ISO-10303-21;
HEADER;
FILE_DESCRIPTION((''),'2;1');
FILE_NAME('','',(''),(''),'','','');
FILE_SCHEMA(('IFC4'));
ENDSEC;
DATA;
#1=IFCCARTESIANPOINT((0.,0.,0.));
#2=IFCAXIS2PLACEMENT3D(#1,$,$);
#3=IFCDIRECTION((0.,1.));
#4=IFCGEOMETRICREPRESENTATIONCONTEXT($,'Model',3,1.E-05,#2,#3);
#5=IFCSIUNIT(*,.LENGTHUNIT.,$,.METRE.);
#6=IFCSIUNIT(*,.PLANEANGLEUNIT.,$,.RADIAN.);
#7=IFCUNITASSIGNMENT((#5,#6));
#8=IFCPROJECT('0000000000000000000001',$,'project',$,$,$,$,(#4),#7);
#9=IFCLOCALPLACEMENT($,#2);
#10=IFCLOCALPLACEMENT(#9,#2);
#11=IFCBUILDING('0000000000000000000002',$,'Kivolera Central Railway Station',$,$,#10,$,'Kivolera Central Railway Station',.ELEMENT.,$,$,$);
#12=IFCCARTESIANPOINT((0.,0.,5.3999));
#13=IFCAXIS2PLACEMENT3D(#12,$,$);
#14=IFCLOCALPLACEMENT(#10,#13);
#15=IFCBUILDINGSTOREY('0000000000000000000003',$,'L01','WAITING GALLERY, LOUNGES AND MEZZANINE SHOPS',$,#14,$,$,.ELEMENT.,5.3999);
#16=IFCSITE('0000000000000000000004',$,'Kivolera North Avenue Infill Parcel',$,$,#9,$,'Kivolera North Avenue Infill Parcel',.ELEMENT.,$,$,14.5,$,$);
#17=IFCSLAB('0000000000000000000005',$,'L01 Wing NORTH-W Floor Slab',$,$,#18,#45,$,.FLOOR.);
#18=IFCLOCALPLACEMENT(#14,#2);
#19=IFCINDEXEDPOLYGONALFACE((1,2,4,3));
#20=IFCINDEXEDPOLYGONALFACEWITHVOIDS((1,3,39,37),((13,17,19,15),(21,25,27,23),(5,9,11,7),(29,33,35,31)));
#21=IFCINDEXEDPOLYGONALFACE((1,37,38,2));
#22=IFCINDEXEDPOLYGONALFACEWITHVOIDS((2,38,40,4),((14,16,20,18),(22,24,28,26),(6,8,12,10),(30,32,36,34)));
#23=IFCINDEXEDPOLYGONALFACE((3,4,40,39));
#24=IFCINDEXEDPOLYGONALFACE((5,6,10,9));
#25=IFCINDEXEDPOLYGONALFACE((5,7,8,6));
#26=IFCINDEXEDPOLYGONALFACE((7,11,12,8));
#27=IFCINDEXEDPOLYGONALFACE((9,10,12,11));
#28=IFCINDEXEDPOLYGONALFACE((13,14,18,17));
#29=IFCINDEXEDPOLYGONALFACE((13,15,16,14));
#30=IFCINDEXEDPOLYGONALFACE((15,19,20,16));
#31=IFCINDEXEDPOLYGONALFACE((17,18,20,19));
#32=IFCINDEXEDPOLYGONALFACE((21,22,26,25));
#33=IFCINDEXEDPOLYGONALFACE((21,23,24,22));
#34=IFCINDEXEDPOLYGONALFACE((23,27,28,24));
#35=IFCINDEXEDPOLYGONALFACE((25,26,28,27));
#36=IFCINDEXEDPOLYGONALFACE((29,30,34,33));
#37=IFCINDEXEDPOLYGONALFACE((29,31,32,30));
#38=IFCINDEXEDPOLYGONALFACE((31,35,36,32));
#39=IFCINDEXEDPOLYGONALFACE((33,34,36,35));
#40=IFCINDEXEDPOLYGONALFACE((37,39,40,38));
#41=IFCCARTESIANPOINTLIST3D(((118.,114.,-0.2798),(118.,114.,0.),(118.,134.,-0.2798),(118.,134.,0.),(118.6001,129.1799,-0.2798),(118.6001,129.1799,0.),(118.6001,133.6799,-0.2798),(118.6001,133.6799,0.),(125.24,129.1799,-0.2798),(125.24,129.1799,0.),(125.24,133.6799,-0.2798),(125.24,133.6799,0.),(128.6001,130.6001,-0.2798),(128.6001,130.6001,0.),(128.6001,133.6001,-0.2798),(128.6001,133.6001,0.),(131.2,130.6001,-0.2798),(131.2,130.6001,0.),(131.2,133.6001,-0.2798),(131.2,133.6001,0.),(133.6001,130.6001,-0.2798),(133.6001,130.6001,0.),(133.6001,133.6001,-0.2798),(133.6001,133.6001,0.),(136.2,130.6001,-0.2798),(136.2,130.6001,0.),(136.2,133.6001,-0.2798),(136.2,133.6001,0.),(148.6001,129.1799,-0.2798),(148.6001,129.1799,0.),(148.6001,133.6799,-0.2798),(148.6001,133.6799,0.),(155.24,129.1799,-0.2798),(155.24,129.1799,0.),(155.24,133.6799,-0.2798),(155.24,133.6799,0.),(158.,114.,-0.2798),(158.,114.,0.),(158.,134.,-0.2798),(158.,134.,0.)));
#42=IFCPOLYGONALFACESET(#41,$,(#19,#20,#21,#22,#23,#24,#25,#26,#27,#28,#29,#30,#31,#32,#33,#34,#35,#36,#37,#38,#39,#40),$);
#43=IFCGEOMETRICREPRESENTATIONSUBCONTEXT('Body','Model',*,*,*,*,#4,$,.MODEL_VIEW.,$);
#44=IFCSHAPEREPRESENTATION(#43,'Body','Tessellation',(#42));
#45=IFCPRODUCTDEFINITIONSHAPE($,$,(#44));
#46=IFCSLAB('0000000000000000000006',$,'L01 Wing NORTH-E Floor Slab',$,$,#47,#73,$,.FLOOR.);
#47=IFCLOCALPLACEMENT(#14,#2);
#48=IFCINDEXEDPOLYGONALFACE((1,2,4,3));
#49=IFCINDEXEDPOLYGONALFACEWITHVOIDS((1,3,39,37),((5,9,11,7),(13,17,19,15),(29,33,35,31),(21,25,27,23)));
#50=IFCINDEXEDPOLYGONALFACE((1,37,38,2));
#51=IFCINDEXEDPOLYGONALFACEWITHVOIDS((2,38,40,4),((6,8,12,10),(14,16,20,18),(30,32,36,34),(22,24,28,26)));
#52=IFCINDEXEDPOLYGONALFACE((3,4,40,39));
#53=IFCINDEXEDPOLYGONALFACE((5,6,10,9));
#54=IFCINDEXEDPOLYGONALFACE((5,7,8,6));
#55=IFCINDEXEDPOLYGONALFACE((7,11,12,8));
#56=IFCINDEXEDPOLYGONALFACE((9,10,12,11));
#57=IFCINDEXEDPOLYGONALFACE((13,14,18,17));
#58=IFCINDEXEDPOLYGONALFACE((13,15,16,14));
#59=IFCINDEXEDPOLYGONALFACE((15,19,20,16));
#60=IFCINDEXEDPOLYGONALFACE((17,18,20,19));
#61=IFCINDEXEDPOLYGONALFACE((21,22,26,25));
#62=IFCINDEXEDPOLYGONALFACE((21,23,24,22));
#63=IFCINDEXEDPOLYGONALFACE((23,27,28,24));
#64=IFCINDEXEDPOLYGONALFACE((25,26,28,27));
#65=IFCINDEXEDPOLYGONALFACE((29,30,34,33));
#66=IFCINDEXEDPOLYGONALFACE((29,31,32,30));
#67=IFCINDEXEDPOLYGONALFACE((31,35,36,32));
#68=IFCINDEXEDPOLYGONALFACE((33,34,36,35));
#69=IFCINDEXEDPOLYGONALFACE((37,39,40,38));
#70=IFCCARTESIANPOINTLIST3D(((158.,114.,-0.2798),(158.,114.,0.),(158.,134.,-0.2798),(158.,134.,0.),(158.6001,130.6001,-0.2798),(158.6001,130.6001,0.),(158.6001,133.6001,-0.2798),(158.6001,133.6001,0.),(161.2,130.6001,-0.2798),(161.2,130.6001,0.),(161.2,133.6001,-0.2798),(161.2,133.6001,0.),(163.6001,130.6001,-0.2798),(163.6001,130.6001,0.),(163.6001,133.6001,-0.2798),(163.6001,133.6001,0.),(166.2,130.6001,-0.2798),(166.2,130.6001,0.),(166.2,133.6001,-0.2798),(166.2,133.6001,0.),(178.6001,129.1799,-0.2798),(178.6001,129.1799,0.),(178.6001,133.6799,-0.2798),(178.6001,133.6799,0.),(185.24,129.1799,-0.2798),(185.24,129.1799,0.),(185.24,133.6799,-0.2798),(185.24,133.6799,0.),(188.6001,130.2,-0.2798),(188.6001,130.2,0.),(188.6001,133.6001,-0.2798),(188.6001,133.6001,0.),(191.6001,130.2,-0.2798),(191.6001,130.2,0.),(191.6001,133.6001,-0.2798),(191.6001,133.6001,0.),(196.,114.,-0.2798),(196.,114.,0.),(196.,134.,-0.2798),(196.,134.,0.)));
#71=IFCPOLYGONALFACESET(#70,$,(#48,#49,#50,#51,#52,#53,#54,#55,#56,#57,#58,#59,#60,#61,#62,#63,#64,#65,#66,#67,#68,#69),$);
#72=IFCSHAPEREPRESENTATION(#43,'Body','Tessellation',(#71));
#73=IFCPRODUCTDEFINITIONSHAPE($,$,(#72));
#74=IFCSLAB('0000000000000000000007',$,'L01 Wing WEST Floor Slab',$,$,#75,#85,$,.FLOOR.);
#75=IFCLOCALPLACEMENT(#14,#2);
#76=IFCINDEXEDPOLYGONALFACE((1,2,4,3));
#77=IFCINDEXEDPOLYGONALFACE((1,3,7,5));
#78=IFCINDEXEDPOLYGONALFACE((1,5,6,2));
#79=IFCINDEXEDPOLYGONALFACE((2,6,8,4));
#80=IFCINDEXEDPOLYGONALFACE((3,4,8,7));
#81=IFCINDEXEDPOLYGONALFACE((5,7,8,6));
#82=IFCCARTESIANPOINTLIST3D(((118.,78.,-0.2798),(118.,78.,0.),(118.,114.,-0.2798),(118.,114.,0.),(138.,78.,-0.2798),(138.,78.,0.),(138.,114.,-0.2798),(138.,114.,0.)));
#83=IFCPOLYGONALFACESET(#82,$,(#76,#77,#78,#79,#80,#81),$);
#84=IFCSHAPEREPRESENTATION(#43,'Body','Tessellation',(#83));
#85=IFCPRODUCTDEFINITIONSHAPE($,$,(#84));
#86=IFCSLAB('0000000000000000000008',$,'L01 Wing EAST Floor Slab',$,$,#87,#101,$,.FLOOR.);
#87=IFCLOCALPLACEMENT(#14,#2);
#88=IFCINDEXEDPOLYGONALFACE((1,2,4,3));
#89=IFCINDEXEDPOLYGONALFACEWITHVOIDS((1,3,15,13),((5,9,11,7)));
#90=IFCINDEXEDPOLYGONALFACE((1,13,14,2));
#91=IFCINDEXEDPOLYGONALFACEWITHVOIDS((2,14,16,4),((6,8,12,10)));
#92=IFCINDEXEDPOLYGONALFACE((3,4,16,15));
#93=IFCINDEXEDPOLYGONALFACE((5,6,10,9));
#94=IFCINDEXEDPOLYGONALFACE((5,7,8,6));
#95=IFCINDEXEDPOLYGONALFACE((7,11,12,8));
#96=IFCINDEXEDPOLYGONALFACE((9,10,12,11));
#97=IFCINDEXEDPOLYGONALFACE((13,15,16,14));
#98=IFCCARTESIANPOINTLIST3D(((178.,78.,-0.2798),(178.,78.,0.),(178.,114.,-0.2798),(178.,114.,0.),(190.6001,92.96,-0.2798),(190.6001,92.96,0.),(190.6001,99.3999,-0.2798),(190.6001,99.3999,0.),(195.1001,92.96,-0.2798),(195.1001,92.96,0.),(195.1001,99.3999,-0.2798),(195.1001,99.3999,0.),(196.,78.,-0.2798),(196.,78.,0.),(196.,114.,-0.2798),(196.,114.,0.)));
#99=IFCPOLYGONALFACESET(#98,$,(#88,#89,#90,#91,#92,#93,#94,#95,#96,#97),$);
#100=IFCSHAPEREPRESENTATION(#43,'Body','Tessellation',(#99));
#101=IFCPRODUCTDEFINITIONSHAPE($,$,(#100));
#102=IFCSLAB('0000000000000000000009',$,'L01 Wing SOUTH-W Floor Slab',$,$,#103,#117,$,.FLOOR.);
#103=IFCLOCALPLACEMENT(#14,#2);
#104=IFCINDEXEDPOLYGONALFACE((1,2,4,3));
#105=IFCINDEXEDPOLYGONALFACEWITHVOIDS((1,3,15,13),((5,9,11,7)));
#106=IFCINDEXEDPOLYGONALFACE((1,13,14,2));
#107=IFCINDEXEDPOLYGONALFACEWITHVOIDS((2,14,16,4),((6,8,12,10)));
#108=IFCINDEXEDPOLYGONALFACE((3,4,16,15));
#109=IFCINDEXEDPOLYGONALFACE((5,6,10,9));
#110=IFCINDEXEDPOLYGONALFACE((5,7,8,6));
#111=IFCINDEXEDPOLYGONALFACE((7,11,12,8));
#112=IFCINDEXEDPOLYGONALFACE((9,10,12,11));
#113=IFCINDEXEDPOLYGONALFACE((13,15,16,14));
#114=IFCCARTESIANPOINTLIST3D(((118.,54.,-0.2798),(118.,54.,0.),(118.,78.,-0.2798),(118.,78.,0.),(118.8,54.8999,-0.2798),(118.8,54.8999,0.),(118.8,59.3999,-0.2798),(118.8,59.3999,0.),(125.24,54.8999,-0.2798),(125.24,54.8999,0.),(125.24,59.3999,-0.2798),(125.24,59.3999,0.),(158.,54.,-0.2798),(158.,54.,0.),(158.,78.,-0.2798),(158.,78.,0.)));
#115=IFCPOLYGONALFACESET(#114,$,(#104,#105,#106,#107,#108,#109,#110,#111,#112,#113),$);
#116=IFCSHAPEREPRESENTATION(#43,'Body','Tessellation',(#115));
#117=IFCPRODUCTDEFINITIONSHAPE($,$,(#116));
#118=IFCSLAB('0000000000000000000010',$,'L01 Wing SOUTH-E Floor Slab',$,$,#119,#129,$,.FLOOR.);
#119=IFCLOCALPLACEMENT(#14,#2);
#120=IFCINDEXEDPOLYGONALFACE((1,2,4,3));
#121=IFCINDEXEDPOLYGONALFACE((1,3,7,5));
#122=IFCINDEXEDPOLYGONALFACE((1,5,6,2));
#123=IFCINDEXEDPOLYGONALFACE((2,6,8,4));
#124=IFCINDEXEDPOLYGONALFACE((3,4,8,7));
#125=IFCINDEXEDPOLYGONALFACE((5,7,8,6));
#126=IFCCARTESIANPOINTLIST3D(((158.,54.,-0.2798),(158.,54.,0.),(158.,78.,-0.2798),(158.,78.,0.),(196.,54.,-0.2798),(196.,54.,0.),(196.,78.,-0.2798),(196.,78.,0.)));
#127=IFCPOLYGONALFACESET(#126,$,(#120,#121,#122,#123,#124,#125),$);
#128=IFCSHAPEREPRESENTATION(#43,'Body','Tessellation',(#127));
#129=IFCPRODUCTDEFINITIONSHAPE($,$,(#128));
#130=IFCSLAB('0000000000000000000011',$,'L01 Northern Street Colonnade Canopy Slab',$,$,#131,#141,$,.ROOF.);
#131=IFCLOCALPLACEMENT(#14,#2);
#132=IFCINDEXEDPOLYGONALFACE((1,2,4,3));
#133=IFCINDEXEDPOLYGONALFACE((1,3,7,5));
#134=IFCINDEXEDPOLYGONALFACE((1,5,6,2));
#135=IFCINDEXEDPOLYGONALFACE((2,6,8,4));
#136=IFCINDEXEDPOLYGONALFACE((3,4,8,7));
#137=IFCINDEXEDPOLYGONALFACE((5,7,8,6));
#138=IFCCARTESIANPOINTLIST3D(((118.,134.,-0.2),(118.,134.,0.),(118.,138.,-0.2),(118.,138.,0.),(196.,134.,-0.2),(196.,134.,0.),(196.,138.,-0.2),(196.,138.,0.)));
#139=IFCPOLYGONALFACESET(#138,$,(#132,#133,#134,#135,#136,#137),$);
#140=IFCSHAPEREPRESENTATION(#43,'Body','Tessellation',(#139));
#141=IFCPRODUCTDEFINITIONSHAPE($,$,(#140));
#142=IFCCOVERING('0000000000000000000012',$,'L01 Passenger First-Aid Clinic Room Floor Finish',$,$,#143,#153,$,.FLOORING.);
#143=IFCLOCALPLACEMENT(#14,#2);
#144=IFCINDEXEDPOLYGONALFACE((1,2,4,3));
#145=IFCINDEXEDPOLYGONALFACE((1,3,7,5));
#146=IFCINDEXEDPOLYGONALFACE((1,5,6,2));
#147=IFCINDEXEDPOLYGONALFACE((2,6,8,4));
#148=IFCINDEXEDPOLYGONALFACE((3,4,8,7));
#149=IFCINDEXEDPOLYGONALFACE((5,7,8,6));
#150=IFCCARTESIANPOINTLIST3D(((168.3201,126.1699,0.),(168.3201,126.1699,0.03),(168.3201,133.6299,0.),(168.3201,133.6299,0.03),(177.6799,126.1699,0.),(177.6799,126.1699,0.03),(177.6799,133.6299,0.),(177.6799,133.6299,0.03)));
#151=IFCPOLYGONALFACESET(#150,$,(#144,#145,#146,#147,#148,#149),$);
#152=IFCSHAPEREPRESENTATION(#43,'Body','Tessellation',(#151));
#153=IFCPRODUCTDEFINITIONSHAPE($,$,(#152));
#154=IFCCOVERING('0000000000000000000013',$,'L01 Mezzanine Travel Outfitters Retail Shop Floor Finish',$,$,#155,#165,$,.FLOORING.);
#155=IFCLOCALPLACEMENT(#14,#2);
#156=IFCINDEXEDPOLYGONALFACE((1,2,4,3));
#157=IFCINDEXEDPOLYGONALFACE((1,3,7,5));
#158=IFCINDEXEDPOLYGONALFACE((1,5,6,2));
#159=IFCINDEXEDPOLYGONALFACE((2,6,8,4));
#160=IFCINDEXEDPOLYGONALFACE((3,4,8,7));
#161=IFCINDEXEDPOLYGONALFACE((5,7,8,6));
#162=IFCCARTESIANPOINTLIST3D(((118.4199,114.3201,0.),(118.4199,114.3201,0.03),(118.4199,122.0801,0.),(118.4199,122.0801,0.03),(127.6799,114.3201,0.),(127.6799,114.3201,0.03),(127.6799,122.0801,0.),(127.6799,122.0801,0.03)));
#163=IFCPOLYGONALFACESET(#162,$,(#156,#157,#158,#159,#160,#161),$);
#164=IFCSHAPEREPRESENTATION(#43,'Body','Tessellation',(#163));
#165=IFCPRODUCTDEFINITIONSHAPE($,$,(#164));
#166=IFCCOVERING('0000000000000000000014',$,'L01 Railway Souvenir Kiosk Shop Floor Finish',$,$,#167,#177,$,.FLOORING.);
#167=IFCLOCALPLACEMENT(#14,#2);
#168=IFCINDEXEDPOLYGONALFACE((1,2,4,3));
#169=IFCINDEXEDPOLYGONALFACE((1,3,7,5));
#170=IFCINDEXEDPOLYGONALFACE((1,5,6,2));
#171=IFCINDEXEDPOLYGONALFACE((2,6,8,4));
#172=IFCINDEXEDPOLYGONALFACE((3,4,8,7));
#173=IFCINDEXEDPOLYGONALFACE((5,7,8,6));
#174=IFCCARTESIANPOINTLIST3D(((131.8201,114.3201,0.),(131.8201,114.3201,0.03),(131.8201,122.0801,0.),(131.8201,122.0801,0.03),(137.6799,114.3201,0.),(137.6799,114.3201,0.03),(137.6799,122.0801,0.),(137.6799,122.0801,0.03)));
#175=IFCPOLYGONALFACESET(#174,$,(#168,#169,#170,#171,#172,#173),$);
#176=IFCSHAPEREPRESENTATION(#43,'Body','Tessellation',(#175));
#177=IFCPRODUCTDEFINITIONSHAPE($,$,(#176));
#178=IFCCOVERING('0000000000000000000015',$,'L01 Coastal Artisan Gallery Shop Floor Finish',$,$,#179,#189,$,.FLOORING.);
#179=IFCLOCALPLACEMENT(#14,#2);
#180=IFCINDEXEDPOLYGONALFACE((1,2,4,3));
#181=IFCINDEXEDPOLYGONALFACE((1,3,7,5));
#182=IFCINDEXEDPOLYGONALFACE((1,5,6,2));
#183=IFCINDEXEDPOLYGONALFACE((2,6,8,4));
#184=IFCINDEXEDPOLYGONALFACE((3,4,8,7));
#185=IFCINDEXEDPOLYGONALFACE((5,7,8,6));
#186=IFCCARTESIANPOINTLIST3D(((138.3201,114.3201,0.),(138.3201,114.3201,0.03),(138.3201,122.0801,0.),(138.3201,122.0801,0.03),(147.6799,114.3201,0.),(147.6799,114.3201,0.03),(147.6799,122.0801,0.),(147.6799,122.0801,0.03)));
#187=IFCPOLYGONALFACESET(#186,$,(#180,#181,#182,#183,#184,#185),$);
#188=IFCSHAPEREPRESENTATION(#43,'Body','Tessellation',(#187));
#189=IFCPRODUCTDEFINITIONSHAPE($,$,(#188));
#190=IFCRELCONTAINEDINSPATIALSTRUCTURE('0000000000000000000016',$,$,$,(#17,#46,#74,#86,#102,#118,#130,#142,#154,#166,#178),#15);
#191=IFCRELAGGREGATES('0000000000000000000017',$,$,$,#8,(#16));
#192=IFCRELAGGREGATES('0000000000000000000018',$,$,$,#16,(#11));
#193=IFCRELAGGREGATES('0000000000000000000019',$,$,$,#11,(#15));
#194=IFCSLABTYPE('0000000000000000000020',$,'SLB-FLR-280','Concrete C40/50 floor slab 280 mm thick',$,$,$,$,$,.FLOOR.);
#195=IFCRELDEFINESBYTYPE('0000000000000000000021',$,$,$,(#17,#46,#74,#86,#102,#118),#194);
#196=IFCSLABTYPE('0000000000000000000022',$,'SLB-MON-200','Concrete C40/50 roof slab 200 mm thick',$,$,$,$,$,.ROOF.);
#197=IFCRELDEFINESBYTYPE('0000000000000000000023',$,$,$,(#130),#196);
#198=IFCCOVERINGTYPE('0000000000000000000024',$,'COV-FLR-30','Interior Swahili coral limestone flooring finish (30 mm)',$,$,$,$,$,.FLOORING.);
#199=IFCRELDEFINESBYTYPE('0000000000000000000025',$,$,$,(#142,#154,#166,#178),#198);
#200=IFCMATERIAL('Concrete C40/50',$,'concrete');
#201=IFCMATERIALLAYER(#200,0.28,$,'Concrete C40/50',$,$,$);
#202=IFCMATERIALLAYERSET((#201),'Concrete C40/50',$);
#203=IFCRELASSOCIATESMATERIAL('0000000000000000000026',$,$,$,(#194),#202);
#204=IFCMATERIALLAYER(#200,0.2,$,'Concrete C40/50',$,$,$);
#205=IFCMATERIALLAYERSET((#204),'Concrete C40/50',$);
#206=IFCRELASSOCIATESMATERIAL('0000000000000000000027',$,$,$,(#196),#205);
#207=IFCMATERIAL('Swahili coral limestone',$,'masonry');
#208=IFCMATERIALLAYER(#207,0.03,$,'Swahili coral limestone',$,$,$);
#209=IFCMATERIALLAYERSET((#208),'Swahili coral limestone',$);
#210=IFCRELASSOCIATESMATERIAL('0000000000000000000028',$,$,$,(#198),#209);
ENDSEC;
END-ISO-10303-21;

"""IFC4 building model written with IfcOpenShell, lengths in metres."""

from ifc_helpers import new_model, si_unit, direction, frame, origin, place, context, subcontext, project, spatial, polyline, outline, extrude, material, layer, layer_set, type_object, element, save


model = new_model("IFC4")

# Units and contexts
model_context = context("Model", 3, precision=1e-05, world=origin(), true_north=direction((0.0, 1.0)))
body_context = subcontext(model_context, "Body", "Model", "MODEL_VIEW")
ifc_project = project(units=[si_unit("LENGTHUNIT", "METRE"), si_unit("PLANEANGLEUNIT", "RADIAN")], contexts=[model_context])

# Site, building, storey
site_placement = place(None, origin())
site = spatial("IfcSite", under=ifc_project, at=site_placement, Name="Kivolera North Avenue Infill Parcel", LongName="Kivolera North Avenue Infill Parcel", CompositionType="ELEMENT", RefElevation=14.5)
building_placement = place(site_placement, origin())
building = spatial("IfcBuilding", under=site, at=building_placement, Name="Kivolera Central Railway Station", LongName="Kivolera Central Railway Station", CompositionType="ELEMENT")
storey_placement = place(building_placement, frame((0.0, 0.0, 5.3999)))
storey = spatial("IfcBuildingStorey", under=building, at=storey_placement, Name="L01", Description="WAITING GALLERY, LOUNGES AND MEZZANINE SHOPS", CompositionType="ELEMENT", Elevation=5.3999)

# Slabs
ifc_material_1 = material(Name="Concrete C40/50", Category="concrete")
ifc_layer_1 = layer(ifc_material_1, 0.28, Name="Concrete C40/50")
ifc_layer_set_1 = layer_set([ifc_layer_1], Name="Concrete C40/50")
slab_type_1 = type_object("IfcSlabType", Name="SLB-FLR-280", Description="Concrete C40/50 floor slab 280 mm thick", PredefinedType="FLOOR", material=ifc_layer_set_1)
slab_1_placement = place(storey_placement, frame((0.0, 0.0, -0.2798)))
element("IfcSlab", 1, at=slab_1_placement, inside=storey, type_object=slab_type_1, Name="L01 Wing NORTH-W Floor Slab", PredefinedType="FLOOR", context=body_context, shape_type="SweptSolid", body=[
    extrude(outline(polyline([(118.0, 114.0), (158.0, 114.0), (158.0, 134.0), (118.0, 134.0), (118.0, 114.0)]), holes=[polyline([(125.24, 133.6799), (118.6001, 133.6799), (118.6001, 129.1799), (125.24, 129.1799), (125.24, 133.6799)]), polyline([(155.24, 133.6799), (148.6001, 133.6799), (148.6001, 129.1799), (155.24, 129.1799), (155.24, 133.6799)]), polyline([(128.6001, 130.6001), (131.2, 130.6001), (131.2, 133.6001), (128.6001, 133.6001), (128.6001, 130.6001)]), polyline([(133.6001, 130.6001), (136.2, 130.6001), (136.2, 133.6001), (133.6001, 133.6001), (133.6001, 130.6001)])]), origin(), (0.0, 0.0, 1.0), 0.2798),
])
slab_2_placement = place(storey_placement, frame((0.0, 0.0, -0.2798)))
element("IfcSlab", 2, at=slab_2_placement, inside=storey, type_object=slab_type_1, Name="L01 Wing NORTH-E Floor Slab", PredefinedType="FLOOR", context=body_context, shape_type="SweptSolid", body=[
    extrude(outline(polyline([(158.0, 114.0), (196.0, 114.0), (196.0, 134.0), (158.0, 134.0), (158.0, 114.0)]), holes=[polyline([(185.24, 133.6799), (178.6001, 133.6799), (178.6001, 129.1799), (185.24, 129.1799), (185.24, 133.6799)]), polyline([(158.6001, 130.6001), (161.2, 130.6001), (161.2, 133.6001), (158.6001, 133.6001), (158.6001, 130.6001)]), polyline([(163.6001, 130.6001), (166.2, 130.6001), (166.2, 133.6001), (163.6001, 133.6001), (163.6001, 130.6001)]), polyline([(188.6001, 130.2), (191.6001, 130.2), (191.6001, 133.6001), (188.6001, 133.6001), (188.6001, 130.2)])]), origin(), (0.0, 0.0, 1.0), 0.2798),
])
slab_3_placement = place(storey_placement, frame((0.0, 0.0, -0.2798)))
element("IfcSlab", 3, at=slab_3_placement, inside=storey, type_object=slab_type_1, Name="L01 Wing WEST Floor Slab", PredefinedType="FLOOR", context=body_context, shape_type="SweptSolid", body=[
    extrude(outline(polyline([(118.0, 78.0), (138.0, 78.0), (138.0, 114.0), (118.0, 114.0), (118.0, 78.0)])), origin(), (0.0, 0.0, 1.0), 0.2798),
])
slab_4_placement = place(storey_placement, frame((0.0, 0.0, -0.2798)))
element("IfcSlab", 4, at=slab_4_placement, inside=storey, type_object=slab_type_1, Name="L01 Wing EAST Floor Slab", PredefinedType="FLOOR", context=body_context, shape_type="SweptSolid", body=[
    extrude(outline(polyline([(178.0, 78.0), (196.0, 78.0), (196.0, 114.0), (178.0, 114.0), (178.0, 78.0)]), holes=[polyline([(195.1001, 92.96), (195.1001, 99.3999), (190.6001, 99.3999), (190.6001, 92.96), (195.1001, 92.96)])]), origin(), (0.0, 0.0, 1.0), 0.2798),
])
slab_5_placement = place(storey_placement, frame((0.0, 0.0, -0.2798)))
element("IfcSlab", 5, at=slab_5_placement, inside=storey, type_object=slab_type_1, Name="L01 Wing SOUTH-W Floor Slab", PredefinedType="FLOOR", context=body_context, shape_type="SweptSolid", body=[
    extrude(outline(polyline([(118.0, 54.0), (158.0, 54.0), (158.0, 78.0), (118.0, 78.0), (118.0, 54.0)]), holes=[polyline([(125.24, 59.3999), (118.8, 59.3999), (118.8, 54.8999), (125.24, 54.8999), (125.24, 59.3999)])]), origin(), (0.0, 0.0, 1.0), 0.2798),
])
slab_6_placement = place(storey_placement, frame((0.0, 0.0, -0.2798)))
element("IfcSlab", 6, at=slab_6_placement, inside=storey, type_object=slab_type_1, Name="L01 Wing SOUTH-E Floor Slab", PredefinedType="FLOOR", context=body_context, shape_type="SweptSolid", body=[
    extrude(outline(polyline([(158.0, 54.0), (196.0, 54.0), (196.0, 78.0), (158.0, 78.0), (158.0, 54.0)])), origin(), (0.0, 0.0, 1.0), 0.2798),
])
ifc_layer_2 = layer(ifc_material_1, 0.2, Name="Concrete C40/50")
ifc_layer_set_2 = layer_set([ifc_layer_2], Name="Concrete C40/50")
slab_type_2 = type_object("IfcSlabType", Name="SLB-MON-200", Description="Concrete C40/50 roof slab 200 mm thick", PredefinedType="ROOF", material=ifc_layer_set_2)
slab_7_placement = place(storey_placement, frame((0.0, 0.0, -0.2)))
element("IfcSlab", 7, at=slab_7_placement, inside=storey, type_object=slab_type_2, Name="L01 Northern Street Colonnade Canopy Slab", PredefinedType="ROOF", context=body_context, shape_type="SweptSolid", body=[
    extrude(outline(polyline([(118.0, 134.0), (196.0, 134.0), (196.0, 138.0), (118.0, 138.0), (118.0, 134.0)])), origin(), (0.0, 0.0, 1.0), 0.2),
])

# Coverings
ifc_material_2 = material(Name="Swahili coral limestone", Category="masonry")
ifc_layer_3 = layer(ifc_material_2, 0.03, Name="Swahili coral limestone")
ifc_layer_set_3 = layer_set([ifc_layer_3], Name="Swahili coral limestone")
covering_type = type_object("IfcCoveringType", Name="COV-FLR-30", Description="Interior Swahili coral limestone flooring finish (30 mm)", PredefinedType="FLOORING", material=ifc_layer_set_3)
covering_1_placement = place(storey_placement, origin())
element("IfcCovering", 8, at=covering_1_placement, inside=storey, type_object=covering_type, Name="L01 Passenger First-Aid Clinic Room Floor Finish", PredefinedType="FLOORING", context=body_context, shape_type="SweptSolid", body=[
    extrude(outline(polyline([(168.3201, 126.1699), (177.6799, 126.1699), (177.6799, 133.6299), (168.3201, 133.6299), (168.3201, 126.1699)])), origin(), (0.0, 0.0, 1.0), 0.03),
])
covering_2_placement = place(storey_placement, origin())
element("IfcCovering", 9, at=covering_2_placement, inside=storey, type_object=covering_type, Name="L01 Mezzanine Travel Outfitters Retail Shop Floor Finish", PredefinedType="FLOORING", context=body_context, shape_type="SweptSolid", body=[
    extrude(outline(polyline([(118.4199, 114.3201), (127.6799, 114.3201), (127.6799, 122.0801), (118.4199, 122.0801), (118.4199, 114.3201)])), origin(), (0.0, 0.0, 1.0), 0.03),
])
covering_3_placement = place(storey_placement, origin())
element("IfcCovering", 10, at=covering_3_placement, inside=storey, type_object=covering_type, Name="L01 Railway Souvenir Kiosk Shop Floor Finish", PredefinedType="FLOORING", context=body_context, shape_type="SweptSolid", body=[
    extrude(outline(polyline([(131.8201, 114.3201), (137.6799, 114.3201), (137.6799, 122.0801), (131.8201, 122.0801), (131.8201, 114.3201)])), origin(), (0.0, 0.0, 1.0), 0.03),
])
covering_4_placement = place(storey_placement, origin())
element("IfcCovering", 11, at=covering_4_placement, inside=storey, type_object=covering_type, Name="L01 Coastal Artisan Gallery Shop Floor Finish", PredefinedType="FLOORING", context=body_context, shape_type="SweptSolid", body=[
    extrude(outline(polyline([(138.3201, 114.3201), (147.6799, 114.3201), (147.6799, 122.0801), (138.3201, 122.0801), (138.3201, 114.3201)])), origin(), (0.0, 0.0, 1.0), 0.03),
])

save(model, "model.ifc")
